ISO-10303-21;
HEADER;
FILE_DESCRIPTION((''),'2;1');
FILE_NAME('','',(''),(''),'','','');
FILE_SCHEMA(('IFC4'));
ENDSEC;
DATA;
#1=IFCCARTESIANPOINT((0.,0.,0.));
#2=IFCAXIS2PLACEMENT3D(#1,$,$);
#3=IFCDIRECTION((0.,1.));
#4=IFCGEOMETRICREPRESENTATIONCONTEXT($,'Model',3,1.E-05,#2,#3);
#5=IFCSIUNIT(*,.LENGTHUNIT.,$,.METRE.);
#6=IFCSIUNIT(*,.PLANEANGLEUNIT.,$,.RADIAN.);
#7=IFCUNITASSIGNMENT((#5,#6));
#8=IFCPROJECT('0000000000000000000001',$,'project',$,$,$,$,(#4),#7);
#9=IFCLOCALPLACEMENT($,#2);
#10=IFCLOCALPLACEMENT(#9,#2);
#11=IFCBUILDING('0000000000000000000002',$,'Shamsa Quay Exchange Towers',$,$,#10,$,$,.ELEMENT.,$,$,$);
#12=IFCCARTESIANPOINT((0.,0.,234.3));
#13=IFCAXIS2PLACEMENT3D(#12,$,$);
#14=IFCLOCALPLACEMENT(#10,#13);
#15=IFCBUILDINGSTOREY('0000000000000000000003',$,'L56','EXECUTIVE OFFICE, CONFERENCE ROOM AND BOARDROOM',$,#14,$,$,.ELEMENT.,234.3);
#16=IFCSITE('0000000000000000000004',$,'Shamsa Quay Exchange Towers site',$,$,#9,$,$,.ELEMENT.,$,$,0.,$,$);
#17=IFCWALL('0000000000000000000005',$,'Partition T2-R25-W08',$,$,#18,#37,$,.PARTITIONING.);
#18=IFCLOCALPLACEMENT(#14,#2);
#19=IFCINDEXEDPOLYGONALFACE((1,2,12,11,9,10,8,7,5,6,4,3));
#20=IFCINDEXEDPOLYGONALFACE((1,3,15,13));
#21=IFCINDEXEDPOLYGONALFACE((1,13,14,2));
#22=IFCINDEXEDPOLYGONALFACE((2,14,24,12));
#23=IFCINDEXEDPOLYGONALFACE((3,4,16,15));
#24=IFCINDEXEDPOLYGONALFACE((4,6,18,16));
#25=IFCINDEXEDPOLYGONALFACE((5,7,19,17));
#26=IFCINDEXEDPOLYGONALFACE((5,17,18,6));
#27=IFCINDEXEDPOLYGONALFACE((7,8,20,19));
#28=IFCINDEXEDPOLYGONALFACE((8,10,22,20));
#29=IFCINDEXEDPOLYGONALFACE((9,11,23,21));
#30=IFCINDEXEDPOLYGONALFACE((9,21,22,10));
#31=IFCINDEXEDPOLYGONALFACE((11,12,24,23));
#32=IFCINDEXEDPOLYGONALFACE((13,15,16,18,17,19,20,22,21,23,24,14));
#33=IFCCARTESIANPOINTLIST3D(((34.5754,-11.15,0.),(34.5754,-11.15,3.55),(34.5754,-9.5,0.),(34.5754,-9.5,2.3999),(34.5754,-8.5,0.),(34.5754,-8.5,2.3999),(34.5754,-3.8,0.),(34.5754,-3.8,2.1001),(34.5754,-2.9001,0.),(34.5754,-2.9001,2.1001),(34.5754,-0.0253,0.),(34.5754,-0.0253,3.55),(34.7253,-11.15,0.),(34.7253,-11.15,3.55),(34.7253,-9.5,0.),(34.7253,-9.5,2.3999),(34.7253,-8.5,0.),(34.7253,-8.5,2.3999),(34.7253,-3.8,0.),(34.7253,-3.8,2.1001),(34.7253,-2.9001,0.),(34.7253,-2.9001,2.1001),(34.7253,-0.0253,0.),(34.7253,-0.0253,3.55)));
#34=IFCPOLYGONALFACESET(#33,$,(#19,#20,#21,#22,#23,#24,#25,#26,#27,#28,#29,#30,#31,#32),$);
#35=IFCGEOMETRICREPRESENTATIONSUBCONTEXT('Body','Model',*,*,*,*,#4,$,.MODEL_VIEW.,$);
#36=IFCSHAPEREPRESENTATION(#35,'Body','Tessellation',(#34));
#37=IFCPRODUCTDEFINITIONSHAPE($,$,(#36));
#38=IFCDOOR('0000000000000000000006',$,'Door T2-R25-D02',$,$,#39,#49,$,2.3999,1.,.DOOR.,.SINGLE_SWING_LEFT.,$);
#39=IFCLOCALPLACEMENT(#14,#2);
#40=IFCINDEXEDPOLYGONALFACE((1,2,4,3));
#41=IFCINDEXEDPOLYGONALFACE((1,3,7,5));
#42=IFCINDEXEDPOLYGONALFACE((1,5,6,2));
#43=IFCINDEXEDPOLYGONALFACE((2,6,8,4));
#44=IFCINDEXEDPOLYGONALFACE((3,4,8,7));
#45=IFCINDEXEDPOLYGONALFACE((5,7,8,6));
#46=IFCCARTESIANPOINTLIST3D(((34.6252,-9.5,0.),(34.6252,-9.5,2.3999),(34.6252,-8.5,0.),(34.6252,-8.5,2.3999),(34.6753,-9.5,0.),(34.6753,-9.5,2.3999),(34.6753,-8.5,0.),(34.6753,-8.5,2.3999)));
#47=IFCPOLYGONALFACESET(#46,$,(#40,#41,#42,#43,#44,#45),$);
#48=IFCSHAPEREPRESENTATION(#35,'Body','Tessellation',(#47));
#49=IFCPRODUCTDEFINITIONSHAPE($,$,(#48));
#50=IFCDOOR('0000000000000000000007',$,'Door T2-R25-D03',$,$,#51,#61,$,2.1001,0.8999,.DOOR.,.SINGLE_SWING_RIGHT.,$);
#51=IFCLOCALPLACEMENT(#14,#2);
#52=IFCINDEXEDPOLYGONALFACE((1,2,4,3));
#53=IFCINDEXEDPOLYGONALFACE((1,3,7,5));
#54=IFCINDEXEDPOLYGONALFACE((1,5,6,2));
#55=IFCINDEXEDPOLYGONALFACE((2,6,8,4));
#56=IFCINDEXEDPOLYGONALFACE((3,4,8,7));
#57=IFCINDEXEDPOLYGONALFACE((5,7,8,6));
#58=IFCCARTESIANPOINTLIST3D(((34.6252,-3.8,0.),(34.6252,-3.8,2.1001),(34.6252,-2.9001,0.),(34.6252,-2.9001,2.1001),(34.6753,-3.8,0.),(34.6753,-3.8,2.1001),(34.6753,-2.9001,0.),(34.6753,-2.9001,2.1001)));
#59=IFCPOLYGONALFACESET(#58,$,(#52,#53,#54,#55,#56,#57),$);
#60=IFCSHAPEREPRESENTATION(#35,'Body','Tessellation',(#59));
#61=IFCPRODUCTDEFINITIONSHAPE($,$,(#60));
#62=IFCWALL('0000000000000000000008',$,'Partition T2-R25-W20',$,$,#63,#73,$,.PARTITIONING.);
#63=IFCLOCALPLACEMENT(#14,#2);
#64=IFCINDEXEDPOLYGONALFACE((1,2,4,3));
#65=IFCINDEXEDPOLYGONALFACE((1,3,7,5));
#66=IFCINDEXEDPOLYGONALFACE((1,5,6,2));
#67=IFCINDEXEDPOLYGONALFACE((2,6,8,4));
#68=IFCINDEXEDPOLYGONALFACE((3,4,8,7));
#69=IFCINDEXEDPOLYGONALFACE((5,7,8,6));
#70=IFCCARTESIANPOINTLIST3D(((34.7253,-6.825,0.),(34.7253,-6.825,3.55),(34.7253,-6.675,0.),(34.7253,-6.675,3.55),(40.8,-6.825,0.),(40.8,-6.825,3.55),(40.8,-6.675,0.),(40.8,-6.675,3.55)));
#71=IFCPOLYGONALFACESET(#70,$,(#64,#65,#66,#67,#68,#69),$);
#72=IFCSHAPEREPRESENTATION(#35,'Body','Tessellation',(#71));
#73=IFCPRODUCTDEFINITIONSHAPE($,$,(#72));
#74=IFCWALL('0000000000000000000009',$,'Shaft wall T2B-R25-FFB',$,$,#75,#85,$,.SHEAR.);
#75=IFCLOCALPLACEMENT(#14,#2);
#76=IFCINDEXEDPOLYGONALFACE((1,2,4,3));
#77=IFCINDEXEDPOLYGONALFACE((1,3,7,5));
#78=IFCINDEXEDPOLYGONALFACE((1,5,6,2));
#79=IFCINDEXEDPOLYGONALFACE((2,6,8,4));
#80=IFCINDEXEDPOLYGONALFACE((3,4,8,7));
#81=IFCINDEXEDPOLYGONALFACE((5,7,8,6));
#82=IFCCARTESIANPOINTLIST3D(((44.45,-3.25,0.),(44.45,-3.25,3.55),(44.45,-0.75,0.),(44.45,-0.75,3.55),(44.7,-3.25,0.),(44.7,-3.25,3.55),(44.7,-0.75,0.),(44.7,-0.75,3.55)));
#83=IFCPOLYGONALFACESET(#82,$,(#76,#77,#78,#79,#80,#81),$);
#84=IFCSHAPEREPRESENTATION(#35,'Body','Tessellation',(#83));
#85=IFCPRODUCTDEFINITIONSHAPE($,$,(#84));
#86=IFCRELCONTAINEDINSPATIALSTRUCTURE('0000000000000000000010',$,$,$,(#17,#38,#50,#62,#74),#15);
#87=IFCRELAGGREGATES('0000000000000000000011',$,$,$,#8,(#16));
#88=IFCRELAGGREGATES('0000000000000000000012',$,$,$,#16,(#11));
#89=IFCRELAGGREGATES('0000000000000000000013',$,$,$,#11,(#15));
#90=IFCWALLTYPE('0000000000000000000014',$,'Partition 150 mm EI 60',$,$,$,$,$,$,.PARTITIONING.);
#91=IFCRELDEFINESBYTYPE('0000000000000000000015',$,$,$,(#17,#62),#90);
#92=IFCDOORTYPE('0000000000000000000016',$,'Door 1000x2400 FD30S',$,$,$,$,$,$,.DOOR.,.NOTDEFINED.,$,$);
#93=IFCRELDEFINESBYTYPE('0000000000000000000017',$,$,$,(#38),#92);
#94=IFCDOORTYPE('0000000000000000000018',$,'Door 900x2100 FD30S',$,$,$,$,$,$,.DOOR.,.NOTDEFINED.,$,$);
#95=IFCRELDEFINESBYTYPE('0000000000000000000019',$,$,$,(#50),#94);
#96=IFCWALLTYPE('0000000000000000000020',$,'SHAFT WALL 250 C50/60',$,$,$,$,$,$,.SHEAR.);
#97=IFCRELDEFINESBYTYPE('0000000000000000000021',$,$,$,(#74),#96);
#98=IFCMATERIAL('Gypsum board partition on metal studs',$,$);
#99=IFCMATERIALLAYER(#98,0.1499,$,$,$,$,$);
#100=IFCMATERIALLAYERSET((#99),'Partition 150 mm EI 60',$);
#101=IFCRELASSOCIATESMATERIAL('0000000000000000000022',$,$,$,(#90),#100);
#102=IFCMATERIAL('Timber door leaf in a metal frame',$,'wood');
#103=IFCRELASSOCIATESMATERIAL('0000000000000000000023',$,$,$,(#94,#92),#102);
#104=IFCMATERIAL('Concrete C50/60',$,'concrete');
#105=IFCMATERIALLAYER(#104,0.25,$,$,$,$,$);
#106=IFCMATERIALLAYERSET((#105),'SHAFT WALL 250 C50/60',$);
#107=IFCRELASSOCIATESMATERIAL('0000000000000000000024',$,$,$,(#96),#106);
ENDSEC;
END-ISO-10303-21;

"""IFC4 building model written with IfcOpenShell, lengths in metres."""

from ifc_helpers import new_model, si_unit, direction, frame, frame_2d, origin, place, context, subcontext, project, spatial, rectangle, extrude, material, layer, layer_set, type_object, element, fill, save


model = new_model("IFC4")

# Units and contexts
model_context = context("Model", 3, precision=1e-05, world=origin(), true_north=direction((0.0, 1.0)))
body_context = subcontext(model_context, "Body", "Model", "MODEL_VIEW")
ifc_project = project(units=[si_unit("LENGTHUNIT", "METRE"), si_unit("PLANEANGLEUNIT", "RADIAN")], contexts=[model_context])

# Site, building, storey
site_placement = place(None, origin())
site = spatial("IfcSite", under=ifc_project, at=site_placement, Name="Shamsa Quay Exchange Towers site", CompositionType="ELEMENT", RefElevation=0.0)
building_placement = place(site_placement, origin())
building = spatial("IfcBuilding", under=site, at=building_placement, Name="Shamsa Quay Exchange Towers", CompositionType="ELEMENT")
storey_placement = place(building_placement, frame((0.0, 0.0, 234.3)))
storey = spatial("IfcBuildingStorey", under=building, at=storey_placement, Name="L56", Description="EXECUTIVE OFFICE, CONFERENCE ROOM AND BOARDROOM", CompositionType="ELEMENT", Elevation=234.3)

# Shared definitions
ifc_material_1 = material(Name="Timber door leaf in a metal frame", Category="wood")

# Shared definitions
ifc_material_2 = material(Name="Gypsum board partition on metal studs")
ifc_layer_1 = layer(ifc_material_2, 0.1499)
ifc_layer_set_1 = layer_set([ifc_layer_1], Name="Partition 150 mm EI 60")
wall_type_1 = type_object("IfcWallType", Name="Partition 150 mm EI 60", PredefinedType="PARTITIONING", material=ifc_layer_set_1)

# Shared definitions
door_type_1 = type_object("IfcDoorType", Name="Door 900x2100 FD30S", OperationType="NOTDEFINED", PredefinedType="DOOR", material=ifc_material_1)

# Wall, openings, doors
wall_1_placement = place(storey_placement, frame((34.6504, -0.0251, 0.0), z_axis=(0.0, 0.0, 1.0), x_axis=(0.0, -1.0, 0.0)))
wall_1 = element("IfcWall", 1, at=wall_1_placement, inside=storey, type_object=wall_type_1, Name="Partition T2-R25-W08", PredefinedType="PARTITIONING", context=body_context, shape_type="SweptSolid", body=[
    extrude(rectangle(XDim=11.1248, YDim=0.1499, at=frame_2d((5.5625, 0.0))), origin(), (0.0, 0.0, 1.0), 3.55),
])
opening_1_placement = place(wall_1_placement, frame((8.4749, 0.0, 0.0)))
opening_1 = element("IfcOpeningElement", 2, at=opening_1_placement, cuts=wall_1, PredefinedType="OPENING", context=body_context, shape_type="SweptSolid", body=[
    extrude(rectangle(XDim=1.0, YDim=2.3999, at=frame_2d((0.5, 1.2))), frame((0.0, 0.085, 0.0), z_axis=(0.0, -1.0, 0.0), x_axis=(1.0, 0.0, 0.0)), (0.0, 0.0, 1.0), 0.1699),
])
opening_2_placement = place(wall_1_placement, frame((2.875, 0.0, 0.0)))
opening_2 = element("IfcOpeningElement", 3, at=opening_2_placement, cuts=wall_1, PredefinedType="OPENING", context=body_context, shape_type="SweptSolid", body=[
    extrude(rectangle(XDim=0.8999, YDim=2.1001, at=frame_2d((0.45, 1.05))), frame((0.0, 0.085, 0.0), z_axis=(0.0, -1.0, 0.0), x_axis=(1.0, 0.0, 0.0)), (0.0, 0.0, 1.0), 0.1699),
])
door_type_2 = type_object("IfcDoorType", Name="Door 1000x2400 FD30S", OperationType="NOTDEFINED", PredefinedType="DOOR", material=ifc_material_1)
door_1_placement = place(opening_1_placement, origin())
door_1 = element("IfcDoor", 4, at=door_1_placement, inside=storey, type_object=door_type_2, Name="Door T2-R25-D02", OperationType="SINGLE_SWING_LEFT", OverallHeight=2.3999, OverallWidth=1.0, PredefinedType="DOOR", context=body_context, shape_type="SweptSolid", body=[
    extrude(rectangle(XDim=1.0, YDim=2.3999, at=frame_2d((0.5, 1.2))), frame((0.0, 0.0249, 0.0), z_axis=(0.0, -1.0, 0.0), x_axis=(1.0, 0.0, 0.0)), (0.0, 0.0, 1.0), 0.05),
])
fill(opening_1, door_1)
door_2_placement = place(opening_2_placement, origin())
door_2 = element("IfcDoor", 5, at=door_2_placement, inside=storey, type_object=door_type_1, Name="Door T2-R25-D03", OperationType="SINGLE_SWING_RIGHT", OverallHeight=2.1001, OverallWidth=0.8999, PredefinedType="DOOR", context=body_context, shape_type="SweptSolid", body=[
    extrude(rectangle(XDim=0.8999, YDim=2.1001, at=frame_2d((0.45, 1.05))), frame((0.0, 0.0249, 0.0), z_axis=(0.0, -1.0, 0.0), x_axis=(1.0, 0.0, 0.0)), (0.0, 0.0, 1.0), 0.05),
])
fill(opening_2, door_2)

# Walls
wall_2_placement = place(storey_placement, frame((34.7253, -6.75, 0.0)))
element("IfcWall", 6, at=wall_2_placement, inside=storey, type_object=wall_type_1, Name="Partition T2-R25-W20", PredefinedType="PARTITIONING", context=body_context, shape_type="SweptSolid", body=[
    extrude(rectangle(XDim=6.0747, YDim=0.1499, at=frame_2d((3.0374, 0.0))), origin(), (0.0, 0.0, 1.0), 3.55),
])
ifc_material_3 = material(Name="Concrete C50/60", Category="concrete")
ifc_layer_2 = layer(ifc_material_3, 0.25)
ifc_layer_set_2 = layer_set([ifc_layer_2], Name="SHAFT WALL 250 C50/60")
wall_type_2 = type_object("IfcWallType", Name="SHAFT WALL 250 C50/60", PredefinedType="SHEAR", material=ifc_layer_set_2)
wall_3_placement = place(storey_placement, frame((44.575, -3.25, 0.0), z_axis=(0.0, 0.0, 1.0), x_axis=(0.0, 1.0, 0.0)))
element("IfcWall", 7, at=wall_3_placement, inside=storey, type_object=wall_type_2, Name="Shaft wall T2B-R25-FFB", PredefinedType="SHEAR", context=body_context, shape_type="SweptSolid", body=[
    extrude(rectangle(XDim=2.5, YDim=0.25, at=frame_2d((1.25, 0.0))), origin(), (0.0, 0.0, 1.0), 3.55),
])

save(model, "model.ifc")
